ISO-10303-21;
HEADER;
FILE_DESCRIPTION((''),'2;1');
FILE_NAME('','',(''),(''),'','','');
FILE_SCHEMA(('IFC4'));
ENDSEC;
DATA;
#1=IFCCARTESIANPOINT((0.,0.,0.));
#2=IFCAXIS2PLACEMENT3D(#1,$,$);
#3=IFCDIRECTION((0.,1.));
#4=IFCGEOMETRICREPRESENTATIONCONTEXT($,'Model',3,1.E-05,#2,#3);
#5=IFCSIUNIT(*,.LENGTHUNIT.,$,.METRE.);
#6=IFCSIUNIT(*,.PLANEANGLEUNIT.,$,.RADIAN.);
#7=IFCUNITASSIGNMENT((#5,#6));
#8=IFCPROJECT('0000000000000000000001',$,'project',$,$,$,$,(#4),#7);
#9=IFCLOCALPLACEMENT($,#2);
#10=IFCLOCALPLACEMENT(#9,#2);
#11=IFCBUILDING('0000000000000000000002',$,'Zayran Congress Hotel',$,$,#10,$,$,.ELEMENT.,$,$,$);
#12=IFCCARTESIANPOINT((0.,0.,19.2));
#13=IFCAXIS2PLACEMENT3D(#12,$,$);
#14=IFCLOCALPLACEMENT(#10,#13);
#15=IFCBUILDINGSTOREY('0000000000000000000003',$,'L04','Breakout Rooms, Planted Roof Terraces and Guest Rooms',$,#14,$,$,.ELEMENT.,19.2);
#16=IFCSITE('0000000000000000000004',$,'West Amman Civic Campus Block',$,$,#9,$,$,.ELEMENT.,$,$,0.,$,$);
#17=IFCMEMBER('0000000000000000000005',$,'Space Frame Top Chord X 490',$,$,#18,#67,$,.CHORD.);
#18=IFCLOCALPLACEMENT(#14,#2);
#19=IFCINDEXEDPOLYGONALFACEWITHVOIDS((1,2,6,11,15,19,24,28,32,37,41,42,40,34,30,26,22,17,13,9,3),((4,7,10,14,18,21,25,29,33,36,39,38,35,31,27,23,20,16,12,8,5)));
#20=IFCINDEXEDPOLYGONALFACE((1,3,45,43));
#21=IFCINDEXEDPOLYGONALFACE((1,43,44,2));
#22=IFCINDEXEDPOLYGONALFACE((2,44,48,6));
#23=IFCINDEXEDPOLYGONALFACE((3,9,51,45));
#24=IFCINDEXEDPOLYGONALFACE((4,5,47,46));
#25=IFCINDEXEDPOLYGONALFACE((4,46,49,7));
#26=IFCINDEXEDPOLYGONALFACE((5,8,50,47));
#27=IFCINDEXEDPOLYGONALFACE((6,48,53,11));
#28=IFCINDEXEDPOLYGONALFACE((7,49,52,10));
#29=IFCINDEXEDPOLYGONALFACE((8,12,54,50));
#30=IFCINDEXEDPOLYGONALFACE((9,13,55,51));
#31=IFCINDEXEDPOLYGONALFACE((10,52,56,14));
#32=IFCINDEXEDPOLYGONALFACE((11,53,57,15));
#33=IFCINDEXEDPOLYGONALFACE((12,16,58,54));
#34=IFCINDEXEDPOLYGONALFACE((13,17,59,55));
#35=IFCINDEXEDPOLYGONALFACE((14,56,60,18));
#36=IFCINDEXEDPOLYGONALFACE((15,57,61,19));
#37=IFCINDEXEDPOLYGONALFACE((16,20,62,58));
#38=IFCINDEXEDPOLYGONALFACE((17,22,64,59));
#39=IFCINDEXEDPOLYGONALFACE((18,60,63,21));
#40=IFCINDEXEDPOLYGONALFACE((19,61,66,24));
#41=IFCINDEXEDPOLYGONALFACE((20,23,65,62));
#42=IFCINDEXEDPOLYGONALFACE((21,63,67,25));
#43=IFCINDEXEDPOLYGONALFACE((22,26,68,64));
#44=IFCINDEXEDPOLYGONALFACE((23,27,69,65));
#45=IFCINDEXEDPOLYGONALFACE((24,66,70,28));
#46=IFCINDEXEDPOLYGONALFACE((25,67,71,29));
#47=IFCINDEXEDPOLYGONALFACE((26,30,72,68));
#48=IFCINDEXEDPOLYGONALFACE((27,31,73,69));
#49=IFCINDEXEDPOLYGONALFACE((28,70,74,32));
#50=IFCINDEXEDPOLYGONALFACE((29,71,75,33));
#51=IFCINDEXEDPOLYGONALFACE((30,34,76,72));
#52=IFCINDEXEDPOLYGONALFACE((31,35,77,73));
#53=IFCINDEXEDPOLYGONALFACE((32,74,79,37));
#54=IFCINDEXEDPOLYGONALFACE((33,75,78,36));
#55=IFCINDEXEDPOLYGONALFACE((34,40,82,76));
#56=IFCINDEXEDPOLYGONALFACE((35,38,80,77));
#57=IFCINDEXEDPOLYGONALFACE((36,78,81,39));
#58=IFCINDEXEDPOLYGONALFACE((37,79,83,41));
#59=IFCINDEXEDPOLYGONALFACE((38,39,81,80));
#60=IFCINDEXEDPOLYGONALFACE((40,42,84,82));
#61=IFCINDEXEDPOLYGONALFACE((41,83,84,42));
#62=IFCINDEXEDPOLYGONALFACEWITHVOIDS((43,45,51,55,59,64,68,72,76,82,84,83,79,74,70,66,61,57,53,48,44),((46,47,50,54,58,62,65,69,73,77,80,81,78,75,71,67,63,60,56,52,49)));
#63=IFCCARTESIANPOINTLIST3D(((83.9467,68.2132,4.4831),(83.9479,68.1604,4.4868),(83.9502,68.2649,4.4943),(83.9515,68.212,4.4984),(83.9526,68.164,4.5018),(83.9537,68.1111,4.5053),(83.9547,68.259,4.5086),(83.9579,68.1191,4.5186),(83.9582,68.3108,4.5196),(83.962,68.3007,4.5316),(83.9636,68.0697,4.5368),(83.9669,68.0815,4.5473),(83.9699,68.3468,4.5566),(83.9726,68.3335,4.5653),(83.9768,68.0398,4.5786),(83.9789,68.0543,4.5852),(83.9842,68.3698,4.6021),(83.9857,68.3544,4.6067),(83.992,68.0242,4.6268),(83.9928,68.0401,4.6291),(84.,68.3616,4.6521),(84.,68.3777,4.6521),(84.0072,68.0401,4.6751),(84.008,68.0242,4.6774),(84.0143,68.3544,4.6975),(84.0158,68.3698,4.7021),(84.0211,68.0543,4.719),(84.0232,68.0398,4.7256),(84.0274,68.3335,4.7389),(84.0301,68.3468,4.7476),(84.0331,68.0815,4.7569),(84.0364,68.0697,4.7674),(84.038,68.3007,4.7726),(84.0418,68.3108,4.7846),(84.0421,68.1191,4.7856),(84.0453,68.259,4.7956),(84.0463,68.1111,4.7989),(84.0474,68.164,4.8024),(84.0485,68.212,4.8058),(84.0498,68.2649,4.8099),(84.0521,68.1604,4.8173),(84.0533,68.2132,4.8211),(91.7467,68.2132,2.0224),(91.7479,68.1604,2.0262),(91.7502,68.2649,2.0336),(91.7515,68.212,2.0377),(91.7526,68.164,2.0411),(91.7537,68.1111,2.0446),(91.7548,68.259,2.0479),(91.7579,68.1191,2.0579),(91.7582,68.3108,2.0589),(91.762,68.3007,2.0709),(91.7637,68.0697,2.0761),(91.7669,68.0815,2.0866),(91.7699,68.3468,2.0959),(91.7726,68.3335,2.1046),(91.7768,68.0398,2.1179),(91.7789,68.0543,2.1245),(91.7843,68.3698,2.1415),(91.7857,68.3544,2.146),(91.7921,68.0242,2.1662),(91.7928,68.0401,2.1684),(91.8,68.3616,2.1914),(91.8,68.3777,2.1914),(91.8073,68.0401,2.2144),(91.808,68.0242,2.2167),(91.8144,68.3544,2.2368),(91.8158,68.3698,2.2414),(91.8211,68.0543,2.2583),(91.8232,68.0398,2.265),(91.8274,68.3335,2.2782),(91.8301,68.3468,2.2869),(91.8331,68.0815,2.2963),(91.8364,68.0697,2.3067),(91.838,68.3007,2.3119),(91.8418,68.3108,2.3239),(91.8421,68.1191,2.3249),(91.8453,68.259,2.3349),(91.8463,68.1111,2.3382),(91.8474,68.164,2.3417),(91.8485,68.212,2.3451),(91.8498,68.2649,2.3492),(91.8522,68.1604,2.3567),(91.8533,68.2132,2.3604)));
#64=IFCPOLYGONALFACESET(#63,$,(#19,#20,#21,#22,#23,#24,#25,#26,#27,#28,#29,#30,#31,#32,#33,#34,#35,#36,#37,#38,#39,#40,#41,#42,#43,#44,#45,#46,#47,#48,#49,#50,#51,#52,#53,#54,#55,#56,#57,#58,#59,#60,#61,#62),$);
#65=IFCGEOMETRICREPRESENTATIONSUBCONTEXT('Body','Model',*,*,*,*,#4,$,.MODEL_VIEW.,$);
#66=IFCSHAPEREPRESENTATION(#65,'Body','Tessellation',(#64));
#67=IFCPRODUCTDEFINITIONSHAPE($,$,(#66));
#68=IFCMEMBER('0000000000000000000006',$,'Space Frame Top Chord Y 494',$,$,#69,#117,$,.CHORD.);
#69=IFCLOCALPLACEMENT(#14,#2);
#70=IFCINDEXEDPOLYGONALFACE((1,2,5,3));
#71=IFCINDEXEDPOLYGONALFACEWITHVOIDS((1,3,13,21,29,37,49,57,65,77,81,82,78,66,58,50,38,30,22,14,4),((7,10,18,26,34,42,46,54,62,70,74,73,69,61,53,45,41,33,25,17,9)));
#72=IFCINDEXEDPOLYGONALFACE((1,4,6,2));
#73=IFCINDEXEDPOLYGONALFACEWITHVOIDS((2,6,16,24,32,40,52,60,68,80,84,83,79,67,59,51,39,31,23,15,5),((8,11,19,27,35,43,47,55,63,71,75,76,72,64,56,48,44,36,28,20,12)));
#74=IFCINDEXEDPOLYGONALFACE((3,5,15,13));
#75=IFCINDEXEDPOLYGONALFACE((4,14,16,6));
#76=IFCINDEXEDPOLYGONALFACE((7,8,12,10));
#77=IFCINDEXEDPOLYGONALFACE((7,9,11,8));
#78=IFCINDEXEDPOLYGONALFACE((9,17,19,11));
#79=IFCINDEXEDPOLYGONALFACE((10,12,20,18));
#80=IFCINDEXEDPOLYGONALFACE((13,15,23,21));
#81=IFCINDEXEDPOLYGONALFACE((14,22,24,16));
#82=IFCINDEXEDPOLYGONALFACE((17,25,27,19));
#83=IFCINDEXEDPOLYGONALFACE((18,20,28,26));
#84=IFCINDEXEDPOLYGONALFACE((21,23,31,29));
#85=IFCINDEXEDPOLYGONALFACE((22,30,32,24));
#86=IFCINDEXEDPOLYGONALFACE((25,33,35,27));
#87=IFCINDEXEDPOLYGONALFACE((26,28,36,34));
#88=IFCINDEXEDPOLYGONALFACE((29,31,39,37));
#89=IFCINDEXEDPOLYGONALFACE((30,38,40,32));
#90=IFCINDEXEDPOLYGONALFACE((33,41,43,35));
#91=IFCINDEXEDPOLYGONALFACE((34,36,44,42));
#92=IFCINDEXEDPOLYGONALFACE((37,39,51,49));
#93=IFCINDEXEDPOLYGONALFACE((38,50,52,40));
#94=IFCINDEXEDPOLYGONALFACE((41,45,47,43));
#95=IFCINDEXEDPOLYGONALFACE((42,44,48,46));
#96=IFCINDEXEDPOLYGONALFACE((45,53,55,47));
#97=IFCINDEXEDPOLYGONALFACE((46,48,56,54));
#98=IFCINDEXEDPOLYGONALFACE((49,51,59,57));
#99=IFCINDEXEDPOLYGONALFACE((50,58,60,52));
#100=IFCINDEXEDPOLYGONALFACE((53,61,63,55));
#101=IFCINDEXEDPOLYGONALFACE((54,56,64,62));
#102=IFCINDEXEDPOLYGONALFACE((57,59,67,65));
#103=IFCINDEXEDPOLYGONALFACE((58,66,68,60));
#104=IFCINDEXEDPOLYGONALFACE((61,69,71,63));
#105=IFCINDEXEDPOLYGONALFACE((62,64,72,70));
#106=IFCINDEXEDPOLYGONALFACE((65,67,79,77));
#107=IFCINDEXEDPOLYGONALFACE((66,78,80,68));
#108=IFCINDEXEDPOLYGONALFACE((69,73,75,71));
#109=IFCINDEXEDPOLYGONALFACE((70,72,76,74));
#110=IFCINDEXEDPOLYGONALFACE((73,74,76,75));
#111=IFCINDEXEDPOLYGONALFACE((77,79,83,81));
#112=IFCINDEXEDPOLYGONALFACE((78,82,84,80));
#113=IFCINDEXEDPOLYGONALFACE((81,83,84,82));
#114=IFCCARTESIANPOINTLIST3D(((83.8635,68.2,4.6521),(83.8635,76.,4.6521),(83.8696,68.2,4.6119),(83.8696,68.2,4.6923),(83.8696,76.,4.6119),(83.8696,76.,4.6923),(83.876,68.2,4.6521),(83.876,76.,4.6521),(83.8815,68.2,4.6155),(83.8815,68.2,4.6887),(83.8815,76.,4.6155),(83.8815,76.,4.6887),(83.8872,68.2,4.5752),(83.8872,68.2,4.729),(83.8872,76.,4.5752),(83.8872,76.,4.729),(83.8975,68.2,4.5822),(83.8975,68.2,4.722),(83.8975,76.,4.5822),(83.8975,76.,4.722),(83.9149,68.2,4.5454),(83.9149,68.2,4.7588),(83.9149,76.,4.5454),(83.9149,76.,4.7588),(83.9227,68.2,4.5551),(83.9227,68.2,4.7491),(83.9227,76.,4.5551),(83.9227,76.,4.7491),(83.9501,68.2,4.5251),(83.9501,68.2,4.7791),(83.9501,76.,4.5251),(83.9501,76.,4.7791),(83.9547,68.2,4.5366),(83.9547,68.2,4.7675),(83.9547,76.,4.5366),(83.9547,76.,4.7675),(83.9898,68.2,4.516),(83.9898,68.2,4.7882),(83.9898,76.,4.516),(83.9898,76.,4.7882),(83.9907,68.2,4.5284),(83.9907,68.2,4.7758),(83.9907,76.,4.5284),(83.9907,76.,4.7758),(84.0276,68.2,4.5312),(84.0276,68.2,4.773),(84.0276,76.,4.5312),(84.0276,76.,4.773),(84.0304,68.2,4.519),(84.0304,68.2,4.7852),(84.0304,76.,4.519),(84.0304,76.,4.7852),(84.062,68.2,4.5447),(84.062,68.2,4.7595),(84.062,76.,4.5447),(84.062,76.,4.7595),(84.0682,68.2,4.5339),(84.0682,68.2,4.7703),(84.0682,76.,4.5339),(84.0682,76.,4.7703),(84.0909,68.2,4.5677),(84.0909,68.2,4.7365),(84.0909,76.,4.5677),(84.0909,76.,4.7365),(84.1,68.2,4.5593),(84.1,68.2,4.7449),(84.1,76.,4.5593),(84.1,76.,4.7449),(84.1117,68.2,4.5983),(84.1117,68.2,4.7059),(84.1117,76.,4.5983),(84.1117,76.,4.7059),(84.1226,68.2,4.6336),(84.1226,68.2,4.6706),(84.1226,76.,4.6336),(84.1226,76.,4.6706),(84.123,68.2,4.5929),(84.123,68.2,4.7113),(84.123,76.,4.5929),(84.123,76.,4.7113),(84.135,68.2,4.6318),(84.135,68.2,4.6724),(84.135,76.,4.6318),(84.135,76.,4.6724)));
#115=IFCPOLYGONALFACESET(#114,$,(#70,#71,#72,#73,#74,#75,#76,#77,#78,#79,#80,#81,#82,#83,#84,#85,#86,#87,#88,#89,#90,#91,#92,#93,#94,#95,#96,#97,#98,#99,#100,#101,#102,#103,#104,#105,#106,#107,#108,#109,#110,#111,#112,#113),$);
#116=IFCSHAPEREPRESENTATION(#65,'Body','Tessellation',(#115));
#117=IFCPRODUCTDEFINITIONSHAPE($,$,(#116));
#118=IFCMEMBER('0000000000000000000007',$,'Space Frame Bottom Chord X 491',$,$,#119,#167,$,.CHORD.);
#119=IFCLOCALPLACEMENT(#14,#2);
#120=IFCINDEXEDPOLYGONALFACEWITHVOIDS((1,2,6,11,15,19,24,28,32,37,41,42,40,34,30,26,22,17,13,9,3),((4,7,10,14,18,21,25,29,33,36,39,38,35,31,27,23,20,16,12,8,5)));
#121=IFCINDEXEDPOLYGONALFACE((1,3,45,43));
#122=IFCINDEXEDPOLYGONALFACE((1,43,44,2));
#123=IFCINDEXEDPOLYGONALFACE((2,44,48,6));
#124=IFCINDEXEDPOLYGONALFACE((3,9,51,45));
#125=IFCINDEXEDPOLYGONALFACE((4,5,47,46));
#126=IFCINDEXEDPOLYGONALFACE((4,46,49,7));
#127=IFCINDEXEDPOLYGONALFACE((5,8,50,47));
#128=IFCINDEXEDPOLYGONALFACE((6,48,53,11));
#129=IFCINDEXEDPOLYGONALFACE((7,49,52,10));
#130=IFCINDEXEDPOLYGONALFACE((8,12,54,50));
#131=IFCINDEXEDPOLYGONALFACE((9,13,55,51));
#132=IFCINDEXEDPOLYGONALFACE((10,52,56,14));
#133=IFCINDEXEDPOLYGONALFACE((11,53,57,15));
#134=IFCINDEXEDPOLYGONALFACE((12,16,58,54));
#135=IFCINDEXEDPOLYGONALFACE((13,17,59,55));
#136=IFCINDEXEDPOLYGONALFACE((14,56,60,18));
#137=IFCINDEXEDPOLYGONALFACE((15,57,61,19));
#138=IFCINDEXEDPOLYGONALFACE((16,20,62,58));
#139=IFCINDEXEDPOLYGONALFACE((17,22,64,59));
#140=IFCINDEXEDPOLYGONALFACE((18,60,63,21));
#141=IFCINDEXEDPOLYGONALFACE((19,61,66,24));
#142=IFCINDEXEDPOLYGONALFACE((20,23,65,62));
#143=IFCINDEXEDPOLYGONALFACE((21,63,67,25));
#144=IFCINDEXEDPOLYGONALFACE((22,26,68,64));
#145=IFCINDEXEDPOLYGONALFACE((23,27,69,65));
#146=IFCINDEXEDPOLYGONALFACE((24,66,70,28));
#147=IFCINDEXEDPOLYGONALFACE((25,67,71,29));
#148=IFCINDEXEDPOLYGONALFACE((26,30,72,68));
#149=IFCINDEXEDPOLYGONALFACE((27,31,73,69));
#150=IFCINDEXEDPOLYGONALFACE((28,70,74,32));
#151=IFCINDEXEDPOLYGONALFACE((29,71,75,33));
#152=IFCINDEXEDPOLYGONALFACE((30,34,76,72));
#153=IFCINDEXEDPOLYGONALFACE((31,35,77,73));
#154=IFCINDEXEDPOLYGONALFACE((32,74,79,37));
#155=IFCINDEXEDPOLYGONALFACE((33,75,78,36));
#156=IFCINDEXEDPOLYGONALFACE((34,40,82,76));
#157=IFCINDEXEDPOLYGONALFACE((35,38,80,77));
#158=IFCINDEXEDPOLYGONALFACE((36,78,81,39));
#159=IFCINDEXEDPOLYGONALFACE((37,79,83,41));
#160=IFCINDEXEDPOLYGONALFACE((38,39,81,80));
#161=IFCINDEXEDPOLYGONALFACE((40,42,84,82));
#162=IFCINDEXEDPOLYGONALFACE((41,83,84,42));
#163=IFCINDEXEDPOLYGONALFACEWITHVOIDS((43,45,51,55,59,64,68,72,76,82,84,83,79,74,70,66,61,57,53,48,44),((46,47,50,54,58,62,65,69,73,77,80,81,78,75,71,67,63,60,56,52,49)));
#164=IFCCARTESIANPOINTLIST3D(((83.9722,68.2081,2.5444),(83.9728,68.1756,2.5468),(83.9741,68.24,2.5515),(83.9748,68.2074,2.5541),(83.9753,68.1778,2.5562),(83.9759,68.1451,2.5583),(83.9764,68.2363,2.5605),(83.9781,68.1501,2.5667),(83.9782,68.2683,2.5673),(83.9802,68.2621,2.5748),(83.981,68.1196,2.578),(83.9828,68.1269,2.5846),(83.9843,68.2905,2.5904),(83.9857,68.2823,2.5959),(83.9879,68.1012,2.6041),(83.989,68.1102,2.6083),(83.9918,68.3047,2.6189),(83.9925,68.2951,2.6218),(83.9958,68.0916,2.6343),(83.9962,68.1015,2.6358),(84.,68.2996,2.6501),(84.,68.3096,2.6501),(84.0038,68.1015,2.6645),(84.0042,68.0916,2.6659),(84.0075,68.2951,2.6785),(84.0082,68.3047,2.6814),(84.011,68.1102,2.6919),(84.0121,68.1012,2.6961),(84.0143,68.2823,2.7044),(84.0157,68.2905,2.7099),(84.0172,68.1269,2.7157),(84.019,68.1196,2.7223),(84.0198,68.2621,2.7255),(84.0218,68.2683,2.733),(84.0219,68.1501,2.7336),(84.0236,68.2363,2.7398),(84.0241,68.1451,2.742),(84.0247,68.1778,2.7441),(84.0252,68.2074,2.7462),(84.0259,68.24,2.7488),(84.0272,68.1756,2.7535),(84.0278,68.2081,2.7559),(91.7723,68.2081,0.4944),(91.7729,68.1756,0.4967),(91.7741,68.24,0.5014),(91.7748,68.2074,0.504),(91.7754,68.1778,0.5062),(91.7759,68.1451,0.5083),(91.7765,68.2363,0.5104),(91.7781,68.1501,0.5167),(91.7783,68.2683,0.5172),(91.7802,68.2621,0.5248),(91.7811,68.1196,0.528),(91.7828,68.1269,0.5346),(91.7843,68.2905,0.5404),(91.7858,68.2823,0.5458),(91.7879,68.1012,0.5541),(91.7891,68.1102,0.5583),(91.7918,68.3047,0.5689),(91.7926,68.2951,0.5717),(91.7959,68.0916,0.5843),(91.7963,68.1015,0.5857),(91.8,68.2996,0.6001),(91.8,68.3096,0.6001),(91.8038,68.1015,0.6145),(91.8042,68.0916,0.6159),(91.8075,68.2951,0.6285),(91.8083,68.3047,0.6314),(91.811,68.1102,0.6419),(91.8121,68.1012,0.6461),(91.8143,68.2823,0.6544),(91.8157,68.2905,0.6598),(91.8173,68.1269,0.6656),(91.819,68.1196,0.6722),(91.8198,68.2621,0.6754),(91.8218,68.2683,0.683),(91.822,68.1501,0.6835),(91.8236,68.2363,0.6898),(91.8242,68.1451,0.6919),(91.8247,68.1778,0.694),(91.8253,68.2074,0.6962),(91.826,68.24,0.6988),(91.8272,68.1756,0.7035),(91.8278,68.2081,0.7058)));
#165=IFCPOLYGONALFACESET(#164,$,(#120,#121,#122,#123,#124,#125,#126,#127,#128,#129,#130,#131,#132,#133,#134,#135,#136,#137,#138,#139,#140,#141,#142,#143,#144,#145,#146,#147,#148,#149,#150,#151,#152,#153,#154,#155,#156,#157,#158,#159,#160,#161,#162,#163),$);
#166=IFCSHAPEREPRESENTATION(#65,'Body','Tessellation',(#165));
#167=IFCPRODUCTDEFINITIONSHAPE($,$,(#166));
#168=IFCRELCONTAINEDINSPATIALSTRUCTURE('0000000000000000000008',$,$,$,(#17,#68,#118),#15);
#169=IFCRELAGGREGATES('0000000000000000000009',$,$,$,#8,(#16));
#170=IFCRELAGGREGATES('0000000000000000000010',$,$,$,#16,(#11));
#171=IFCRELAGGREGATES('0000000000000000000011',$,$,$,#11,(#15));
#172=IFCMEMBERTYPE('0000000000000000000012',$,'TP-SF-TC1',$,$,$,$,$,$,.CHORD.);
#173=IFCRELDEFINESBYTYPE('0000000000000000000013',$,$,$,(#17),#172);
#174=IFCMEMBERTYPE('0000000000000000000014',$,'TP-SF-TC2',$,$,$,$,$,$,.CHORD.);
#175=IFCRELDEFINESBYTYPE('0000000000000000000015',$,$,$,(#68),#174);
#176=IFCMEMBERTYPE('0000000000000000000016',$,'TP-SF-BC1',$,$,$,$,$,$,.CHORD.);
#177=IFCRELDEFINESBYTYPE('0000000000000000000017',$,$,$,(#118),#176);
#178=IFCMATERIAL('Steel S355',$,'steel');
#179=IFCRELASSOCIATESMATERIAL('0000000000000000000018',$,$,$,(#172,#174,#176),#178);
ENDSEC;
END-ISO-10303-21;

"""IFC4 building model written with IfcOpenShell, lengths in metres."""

from ifc_helpers import new_model, si_unit, direction, frame, origin, origin_2d, place, context, subcontext, project, spatial, hollow_circle, extrude, material, material_profile, profile_set, type_object, element, save


model = new_model("IFC4")

# Units and contexts
model_context = context("Model", 3, precision=1e-05, world=origin(), true_north=direction((0.0, 1.0)))
body_context = subcontext(model_context, "Body", "Model", "MODEL_VIEW")
ifc_project = project(units=[si_unit("LENGTHUNIT", "METRE"), si_unit("PLANEANGLEUNIT", "RADIAN")], contexts=[model_context])

# Site, building, storey
site_placement = place(None, origin())
site = spatial("IfcSite", under=ifc_project, at=site_placement, Name="West Amman Civic Campus Block", CompositionType="ELEMENT", RefElevation=0.0)
building_placement = place(site_placement, origin())
building = spatial("IfcBuilding", under=site, at=building_placement, Name="Zayran Congress Hotel", CompositionType="ELEMENT")
storey_placement = place(building_placement, frame((0.0, 0.0, 19.2)))
storey = spatial("IfcBuildingStorey", under=building, at=storey_placement, Name="L04", Description="Breakout Rooms, Planted Roof Terraces and Guest Rooms", CompositionType="ELEMENT", Elevation=19.2)

# Members
ifc_material_1 = material(Name="Steel S355", Category="steel")
ifc_material_profile_1 = material_profile(ifc_material_1, hollow_circle(Radius=0.1777, WallThickness=0.0161, at=origin_2d()), Name="CHS 355.6x16")
ifc_profile_set_1 = profile_set([ifc_material_profile_1], Name="Steel S355")
member_type_1 = type_object("IfcMemberType", Name="TP-SF-TC1", PredefinedType="CHORD", material=ifc_profile_set_1)
member_1_placement = place(storey_placement, frame((84.0, 68.2, 4.6521), z_axis=(0.95367, 0.0, -0.300856), x_axis=(0.0, 1.0, 0.0)))
element("IfcMember", 1, at=member_1_placement, inside=storey, type_object=member_type_1, Name="Space Frame Top Chord X 490", PredefinedType="CHORD", context=body_context, shape_type="SweptSolid", body=[
    extrude(hollow_circle(Radius=0.1777, WallThickness=0.0161, at=origin_2d()), origin(), (0.0, 0.0, 1.0), 8.179),
])
ifc_material_profile_2 = material_profile(ifc_material_1, hollow_circle(Radius=0.1365, WallThickness=0.0125, at=origin_2d()), Name="CHS 273x12.5")
ifc_profile_set_2 = profile_set([ifc_material_profile_2], Name="Steel S355")
member_type_2 = type_object("IfcMemberType", Name="TP-SF-TC2", PredefinedType="CHORD", material=ifc_profile_set_2)
member_2_placement = place(storey_placement, frame((84.0, 68.2, 4.6521), z_axis=(0.0, 1.0, 0.0), x_axis=(-1.0, 0.0, 0.0)))
element("IfcMember", 2, at=member_2_placement, inside=storey, type_object=member_type_2, Name="Space Frame Top Chord Y 494", PredefinedType="CHORD", context=body_context, shape_type="SweptSolid", body=[
    extrude(hollow_circle(Radius=0.1365, WallThickness=0.0125, at=origin_2d()), origin(), (0.0, 0.0, 1.0), 7.8),
])
ifc_material_profile_3 = material_profile(ifc_material_1, hollow_circle(Radius=0.1096, WallThickness=0.01, at=origin_2d()), Name="CHS 219.1x10")
ifc_profile_set_3 = profile_set([ifc_material_profile_3], Name="Steel S355")
member_type_3 = type_object("IfcMemberType", Name="TP-SF-BC1", PredefinedType="CHORD", material=ifc_profile_set_3)
member_3_placement = place(storey_placement, frame((84.0, 68.2, 2.6501), z_axis=(0.967154, 0.0, -0.254192), x_axis=(0.0, 1.0, 0.0)))
element("IfcMember", 3, at=member_3_placement, inside=storey, type_object=member_type_3, Name="Space Frame Bottom Chord X 491", PredefinedType="CHORD", context=body_context, shape_type="SweptSolid", body=[
    extrude(hollow_circle(Radius=0.1096, WallThickness=0.01, at=origin_2d()), origin(), (0.0, 0.0, 1.0), 8.0649),
])

save(model, "model.ifc")
